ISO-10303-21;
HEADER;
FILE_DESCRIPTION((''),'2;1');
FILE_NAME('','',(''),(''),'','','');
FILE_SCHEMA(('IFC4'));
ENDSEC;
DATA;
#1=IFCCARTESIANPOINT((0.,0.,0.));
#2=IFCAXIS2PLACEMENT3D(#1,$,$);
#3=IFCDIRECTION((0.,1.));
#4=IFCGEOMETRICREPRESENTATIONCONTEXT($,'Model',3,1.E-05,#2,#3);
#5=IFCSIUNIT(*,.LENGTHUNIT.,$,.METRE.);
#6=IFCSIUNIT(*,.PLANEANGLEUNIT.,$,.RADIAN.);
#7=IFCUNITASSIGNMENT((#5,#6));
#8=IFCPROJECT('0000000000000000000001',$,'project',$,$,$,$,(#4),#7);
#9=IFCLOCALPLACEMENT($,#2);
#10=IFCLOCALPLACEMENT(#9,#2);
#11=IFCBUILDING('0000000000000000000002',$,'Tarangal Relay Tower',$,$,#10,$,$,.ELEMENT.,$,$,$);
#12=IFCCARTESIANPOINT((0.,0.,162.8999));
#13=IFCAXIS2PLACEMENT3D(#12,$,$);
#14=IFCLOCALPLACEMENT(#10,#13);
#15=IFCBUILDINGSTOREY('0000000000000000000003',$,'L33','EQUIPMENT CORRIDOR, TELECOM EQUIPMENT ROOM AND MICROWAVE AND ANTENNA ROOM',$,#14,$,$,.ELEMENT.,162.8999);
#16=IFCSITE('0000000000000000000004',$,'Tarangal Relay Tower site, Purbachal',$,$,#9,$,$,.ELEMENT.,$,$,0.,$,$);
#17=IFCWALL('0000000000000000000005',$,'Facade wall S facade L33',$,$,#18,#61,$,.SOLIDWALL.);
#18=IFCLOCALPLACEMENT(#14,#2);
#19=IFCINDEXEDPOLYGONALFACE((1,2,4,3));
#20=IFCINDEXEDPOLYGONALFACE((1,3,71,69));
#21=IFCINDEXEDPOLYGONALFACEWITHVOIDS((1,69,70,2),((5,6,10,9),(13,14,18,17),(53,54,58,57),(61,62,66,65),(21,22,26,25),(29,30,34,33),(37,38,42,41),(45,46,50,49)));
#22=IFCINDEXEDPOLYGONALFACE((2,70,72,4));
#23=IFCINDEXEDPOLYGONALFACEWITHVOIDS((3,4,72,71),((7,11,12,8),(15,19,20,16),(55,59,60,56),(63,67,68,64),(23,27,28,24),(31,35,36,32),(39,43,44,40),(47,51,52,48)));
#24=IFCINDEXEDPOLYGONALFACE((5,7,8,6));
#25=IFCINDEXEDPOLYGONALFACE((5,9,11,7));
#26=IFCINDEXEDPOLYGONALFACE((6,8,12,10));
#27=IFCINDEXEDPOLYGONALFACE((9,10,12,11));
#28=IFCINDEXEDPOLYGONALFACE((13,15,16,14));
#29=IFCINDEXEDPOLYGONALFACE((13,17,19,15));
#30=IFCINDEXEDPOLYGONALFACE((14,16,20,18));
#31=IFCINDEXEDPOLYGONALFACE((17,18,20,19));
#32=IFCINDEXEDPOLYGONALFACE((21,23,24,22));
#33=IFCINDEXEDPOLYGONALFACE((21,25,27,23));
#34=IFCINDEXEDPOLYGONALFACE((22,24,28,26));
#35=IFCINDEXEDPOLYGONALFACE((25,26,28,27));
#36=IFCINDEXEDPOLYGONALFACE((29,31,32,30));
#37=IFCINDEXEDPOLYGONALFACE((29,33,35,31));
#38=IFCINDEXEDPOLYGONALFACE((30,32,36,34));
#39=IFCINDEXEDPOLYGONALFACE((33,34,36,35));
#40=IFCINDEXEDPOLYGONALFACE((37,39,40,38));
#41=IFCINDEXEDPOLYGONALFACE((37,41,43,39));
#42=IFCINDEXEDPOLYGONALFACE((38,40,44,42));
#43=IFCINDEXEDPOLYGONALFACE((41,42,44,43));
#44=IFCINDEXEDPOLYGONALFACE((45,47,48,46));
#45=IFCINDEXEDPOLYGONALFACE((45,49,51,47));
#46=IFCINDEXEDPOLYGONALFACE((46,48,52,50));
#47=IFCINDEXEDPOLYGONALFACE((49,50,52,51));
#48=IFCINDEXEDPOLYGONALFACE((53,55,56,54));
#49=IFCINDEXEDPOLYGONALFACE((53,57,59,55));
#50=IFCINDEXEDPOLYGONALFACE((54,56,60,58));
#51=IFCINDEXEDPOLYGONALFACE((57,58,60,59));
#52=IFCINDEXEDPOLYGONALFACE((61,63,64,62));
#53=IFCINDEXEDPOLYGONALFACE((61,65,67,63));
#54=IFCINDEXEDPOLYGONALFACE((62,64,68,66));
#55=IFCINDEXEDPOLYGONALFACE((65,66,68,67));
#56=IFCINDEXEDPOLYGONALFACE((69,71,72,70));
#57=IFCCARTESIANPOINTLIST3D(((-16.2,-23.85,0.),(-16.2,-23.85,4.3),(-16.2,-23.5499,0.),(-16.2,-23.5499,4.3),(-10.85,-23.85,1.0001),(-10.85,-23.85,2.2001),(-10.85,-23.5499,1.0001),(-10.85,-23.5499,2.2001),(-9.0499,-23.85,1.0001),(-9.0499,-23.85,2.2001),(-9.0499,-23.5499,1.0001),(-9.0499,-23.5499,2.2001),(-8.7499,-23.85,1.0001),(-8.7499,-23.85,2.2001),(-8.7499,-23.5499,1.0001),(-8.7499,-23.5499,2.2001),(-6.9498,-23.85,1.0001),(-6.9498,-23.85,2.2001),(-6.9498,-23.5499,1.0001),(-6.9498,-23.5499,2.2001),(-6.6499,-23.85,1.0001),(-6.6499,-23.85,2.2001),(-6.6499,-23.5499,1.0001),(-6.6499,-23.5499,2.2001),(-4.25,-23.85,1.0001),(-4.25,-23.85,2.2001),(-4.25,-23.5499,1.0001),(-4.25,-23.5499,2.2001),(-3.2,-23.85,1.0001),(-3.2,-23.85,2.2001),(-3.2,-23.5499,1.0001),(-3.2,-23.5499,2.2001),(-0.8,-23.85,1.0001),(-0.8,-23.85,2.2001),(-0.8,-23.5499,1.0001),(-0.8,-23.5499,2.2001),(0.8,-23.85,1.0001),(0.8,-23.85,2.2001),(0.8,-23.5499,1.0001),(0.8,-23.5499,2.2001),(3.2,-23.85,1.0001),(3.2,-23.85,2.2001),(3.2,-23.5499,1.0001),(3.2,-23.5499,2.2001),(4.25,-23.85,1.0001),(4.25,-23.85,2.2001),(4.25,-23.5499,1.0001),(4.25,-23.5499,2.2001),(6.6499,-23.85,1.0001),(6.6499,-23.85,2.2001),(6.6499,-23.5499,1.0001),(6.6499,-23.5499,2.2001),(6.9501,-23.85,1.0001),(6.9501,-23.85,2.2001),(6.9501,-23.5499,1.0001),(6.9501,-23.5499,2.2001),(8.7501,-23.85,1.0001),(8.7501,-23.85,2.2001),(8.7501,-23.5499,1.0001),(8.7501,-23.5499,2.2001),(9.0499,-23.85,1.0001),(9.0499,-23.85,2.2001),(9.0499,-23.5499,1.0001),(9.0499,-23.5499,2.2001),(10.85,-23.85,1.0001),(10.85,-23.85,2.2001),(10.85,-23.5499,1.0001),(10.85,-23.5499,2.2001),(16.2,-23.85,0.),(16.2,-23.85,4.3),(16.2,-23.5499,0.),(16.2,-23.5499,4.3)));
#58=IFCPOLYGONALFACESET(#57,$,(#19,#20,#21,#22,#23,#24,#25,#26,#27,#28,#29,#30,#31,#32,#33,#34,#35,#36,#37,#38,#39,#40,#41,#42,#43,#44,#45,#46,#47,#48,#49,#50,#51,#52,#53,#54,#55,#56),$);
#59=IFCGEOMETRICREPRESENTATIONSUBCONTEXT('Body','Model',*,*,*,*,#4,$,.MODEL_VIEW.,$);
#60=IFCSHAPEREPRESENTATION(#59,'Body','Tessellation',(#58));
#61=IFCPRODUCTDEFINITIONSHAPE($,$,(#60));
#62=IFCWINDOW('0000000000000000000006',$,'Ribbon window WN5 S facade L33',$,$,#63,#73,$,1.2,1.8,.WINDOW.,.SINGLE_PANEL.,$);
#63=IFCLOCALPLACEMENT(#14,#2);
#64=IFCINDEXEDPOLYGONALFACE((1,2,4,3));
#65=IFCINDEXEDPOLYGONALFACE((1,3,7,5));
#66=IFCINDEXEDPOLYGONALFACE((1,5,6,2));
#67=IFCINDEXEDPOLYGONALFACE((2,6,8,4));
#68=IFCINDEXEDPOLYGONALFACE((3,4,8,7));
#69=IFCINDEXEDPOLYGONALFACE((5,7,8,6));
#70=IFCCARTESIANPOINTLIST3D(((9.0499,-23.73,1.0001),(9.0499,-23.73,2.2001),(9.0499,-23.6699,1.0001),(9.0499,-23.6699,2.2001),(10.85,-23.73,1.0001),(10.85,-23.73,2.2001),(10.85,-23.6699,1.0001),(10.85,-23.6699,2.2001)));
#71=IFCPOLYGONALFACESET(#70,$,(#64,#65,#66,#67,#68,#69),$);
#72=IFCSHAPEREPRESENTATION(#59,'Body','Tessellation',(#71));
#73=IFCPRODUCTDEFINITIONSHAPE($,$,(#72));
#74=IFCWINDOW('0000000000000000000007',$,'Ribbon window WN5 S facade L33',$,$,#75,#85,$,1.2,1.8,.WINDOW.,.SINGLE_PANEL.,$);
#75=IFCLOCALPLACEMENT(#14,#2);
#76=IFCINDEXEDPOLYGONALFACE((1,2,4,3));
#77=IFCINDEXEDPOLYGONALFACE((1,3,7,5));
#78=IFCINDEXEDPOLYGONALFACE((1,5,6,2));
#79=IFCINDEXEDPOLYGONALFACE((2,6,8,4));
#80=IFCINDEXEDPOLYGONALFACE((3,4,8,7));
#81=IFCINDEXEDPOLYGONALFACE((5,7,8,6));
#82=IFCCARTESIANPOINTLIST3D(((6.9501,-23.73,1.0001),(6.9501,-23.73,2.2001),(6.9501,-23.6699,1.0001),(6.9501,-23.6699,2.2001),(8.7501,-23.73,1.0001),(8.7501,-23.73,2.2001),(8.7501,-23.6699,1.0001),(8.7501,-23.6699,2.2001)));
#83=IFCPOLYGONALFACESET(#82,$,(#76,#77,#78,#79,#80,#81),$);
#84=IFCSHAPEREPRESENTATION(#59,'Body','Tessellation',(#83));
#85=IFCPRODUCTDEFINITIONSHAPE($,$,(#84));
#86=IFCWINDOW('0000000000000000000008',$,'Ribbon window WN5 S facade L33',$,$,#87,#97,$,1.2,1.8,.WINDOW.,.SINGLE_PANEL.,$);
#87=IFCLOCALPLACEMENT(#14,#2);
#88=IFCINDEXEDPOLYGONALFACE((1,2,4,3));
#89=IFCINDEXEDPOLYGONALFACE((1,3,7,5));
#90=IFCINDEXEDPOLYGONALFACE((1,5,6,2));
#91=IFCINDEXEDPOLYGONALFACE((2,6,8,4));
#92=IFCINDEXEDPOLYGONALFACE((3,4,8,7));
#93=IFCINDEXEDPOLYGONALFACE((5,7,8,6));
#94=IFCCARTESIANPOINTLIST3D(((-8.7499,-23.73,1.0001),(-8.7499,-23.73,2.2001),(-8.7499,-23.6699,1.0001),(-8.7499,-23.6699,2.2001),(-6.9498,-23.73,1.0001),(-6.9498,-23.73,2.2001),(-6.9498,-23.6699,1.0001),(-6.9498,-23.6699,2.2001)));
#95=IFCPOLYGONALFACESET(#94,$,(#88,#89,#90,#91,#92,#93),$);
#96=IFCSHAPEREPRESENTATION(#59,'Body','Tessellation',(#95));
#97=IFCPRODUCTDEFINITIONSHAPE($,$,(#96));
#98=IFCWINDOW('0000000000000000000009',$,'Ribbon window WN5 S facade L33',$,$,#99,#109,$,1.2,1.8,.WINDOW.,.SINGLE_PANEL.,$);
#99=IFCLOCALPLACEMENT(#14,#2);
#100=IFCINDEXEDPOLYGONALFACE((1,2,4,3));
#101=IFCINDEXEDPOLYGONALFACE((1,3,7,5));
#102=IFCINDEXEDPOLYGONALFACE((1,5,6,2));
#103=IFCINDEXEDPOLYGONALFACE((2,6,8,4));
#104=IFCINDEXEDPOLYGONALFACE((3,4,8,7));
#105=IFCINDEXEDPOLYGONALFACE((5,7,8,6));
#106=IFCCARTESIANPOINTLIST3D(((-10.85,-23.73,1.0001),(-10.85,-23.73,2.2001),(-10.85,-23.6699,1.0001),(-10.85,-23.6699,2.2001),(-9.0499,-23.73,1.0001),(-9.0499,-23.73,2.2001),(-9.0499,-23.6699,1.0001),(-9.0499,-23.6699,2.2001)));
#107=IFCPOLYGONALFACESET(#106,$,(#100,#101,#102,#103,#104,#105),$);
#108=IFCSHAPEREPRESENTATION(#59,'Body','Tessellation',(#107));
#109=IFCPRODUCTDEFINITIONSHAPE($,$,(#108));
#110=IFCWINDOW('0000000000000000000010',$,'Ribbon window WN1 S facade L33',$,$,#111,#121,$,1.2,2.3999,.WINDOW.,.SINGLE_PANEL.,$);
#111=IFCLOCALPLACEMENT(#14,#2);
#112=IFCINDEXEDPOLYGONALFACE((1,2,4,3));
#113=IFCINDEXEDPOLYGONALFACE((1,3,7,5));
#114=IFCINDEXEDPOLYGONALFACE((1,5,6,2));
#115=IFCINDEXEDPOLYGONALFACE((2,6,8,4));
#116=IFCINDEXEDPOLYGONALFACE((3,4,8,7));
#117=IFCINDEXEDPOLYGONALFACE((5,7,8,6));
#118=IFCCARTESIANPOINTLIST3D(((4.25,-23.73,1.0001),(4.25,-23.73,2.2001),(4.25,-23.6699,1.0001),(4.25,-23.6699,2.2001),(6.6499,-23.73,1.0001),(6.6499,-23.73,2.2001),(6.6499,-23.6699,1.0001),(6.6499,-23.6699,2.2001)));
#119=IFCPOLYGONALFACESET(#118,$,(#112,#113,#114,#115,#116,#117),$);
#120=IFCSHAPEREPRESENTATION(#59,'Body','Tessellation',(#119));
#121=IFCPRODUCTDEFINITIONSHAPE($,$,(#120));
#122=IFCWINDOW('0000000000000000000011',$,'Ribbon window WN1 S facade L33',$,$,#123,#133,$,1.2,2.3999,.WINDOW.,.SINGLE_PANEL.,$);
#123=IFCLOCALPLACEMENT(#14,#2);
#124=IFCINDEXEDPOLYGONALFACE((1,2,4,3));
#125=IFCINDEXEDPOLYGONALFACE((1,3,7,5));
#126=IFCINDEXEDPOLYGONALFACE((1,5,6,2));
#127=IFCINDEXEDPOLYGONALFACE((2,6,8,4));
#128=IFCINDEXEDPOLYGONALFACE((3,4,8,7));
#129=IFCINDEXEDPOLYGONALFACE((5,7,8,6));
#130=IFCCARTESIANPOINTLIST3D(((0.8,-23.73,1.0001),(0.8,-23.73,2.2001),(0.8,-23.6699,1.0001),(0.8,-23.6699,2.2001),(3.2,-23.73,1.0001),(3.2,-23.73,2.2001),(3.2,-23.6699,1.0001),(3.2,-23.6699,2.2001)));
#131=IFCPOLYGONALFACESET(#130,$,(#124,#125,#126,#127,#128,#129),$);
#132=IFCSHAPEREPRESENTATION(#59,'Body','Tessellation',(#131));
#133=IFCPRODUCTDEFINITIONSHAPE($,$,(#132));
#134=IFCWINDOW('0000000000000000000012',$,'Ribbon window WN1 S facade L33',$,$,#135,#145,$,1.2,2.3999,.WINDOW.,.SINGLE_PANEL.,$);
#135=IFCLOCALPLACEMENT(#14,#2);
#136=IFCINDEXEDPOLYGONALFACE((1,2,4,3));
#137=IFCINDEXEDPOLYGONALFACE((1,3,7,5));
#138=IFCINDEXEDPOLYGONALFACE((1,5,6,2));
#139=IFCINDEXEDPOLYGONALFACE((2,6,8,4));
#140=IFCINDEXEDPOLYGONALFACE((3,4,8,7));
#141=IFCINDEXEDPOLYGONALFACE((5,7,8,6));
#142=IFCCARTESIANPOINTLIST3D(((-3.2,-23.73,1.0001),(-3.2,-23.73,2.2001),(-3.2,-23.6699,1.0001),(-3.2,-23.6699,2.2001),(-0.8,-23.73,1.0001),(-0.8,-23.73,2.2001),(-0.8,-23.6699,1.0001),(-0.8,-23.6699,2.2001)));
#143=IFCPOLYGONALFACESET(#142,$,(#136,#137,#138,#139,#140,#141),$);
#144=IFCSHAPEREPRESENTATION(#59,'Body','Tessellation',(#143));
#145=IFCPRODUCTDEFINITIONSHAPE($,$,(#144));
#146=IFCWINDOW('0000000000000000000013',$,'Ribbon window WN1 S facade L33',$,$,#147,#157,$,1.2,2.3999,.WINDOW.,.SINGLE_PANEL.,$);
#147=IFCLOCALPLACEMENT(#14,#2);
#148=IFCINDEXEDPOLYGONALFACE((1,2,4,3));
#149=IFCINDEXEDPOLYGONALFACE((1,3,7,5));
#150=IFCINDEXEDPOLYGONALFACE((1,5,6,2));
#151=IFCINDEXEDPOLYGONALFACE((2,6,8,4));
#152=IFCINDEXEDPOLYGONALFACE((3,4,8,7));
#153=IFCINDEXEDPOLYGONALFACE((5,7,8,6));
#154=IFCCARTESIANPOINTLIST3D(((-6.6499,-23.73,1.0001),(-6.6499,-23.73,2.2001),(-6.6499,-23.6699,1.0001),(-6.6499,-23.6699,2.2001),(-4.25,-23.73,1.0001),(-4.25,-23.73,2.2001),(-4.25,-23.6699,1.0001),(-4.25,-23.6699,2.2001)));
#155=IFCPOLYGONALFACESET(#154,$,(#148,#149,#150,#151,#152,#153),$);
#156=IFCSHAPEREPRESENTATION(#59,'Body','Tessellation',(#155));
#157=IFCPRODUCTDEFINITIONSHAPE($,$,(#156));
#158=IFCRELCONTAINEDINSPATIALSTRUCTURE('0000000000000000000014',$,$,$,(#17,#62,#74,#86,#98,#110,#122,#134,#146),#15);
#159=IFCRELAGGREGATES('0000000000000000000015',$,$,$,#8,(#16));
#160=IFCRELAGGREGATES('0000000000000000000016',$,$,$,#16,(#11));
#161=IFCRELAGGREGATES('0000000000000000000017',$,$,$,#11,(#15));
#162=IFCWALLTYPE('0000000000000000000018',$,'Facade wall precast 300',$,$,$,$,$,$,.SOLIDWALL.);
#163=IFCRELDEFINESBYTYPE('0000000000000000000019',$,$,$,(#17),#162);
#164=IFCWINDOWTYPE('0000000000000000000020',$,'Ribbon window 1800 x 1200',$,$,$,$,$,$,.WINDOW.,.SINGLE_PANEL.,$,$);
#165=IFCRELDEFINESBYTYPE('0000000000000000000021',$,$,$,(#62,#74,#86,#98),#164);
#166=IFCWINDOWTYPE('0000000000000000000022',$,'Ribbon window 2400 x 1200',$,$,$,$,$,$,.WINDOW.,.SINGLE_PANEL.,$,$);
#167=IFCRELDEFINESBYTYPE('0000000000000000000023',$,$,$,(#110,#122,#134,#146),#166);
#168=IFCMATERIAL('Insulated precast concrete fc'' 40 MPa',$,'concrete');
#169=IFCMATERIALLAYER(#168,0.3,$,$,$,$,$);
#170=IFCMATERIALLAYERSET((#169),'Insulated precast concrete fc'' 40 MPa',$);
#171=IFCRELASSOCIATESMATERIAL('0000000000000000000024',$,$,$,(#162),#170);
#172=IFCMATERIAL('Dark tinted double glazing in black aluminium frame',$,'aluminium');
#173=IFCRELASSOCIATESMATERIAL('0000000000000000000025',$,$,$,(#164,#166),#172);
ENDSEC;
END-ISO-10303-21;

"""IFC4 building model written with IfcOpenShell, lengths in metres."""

from ifc_helpers import new_model, si_unit, direction, frame, frame_2d, origin, place, context, subcontext, project, spatial, rectangle, extrude, material, layer, layer_set, type_object, element, fill, save


model = new_model("IFC4")

# Units and contexts
model_context = context("Model", 3, precision=1e-05, world=origin(), true_north=direction((0.0, 1.0)))
body_context = subcontext(model_context, "Body", "Model", "MODEL_VIEW")
ifc_project = project(units=[si_unit("LENGTHUNIT", "METRE"), si_unit("PLANEANGLEUNIT", "RADIAN")], contexts=[model_context])

# Site, building, storey
site_placement = place(None, origin())
site = spatial("IfcSite", under=ifc_project, at=site_placement, Name="Tarangal Relay Tower site, Purbachal", CompositionType="ELEMENT", RefElevation=0.0)
building_placement = place(site_placement, origin())
building = spatial("IfcBuilding", under=site, at=building_placement, Name="Tarangal Relay Tower", CompositionType="ELEMENT")
storey_placement = place(building_placement, frame((0.0, 0.0, 162.8999)))
storey = spatial("IfcBuildingStorey", under=building, at=storey_placement, Name="L33", Description="EQUIPMENT CORRIDOR, TELECOM EQUIPMENT ROOM AND MICROWAVE AND ANTENNA ROOM", CompositionType="ELEMENT", Elevation=162.8999)

# Shared definitions
ifc_material_1 = material(Name="Insulated precast concrete fc' 40 MPa", Category="concrete")
ifc_layer_1 = layer(ifc_material_1, 0.3)
ifc_layer_set_1 = layer_set([ifc_layer_1], Name="Insulated precast concrete fc' 40 MPa")
wall_type_1 = type_object("IfcWallType", Name="Facade wall precast 300", PredefinedType="SOLIDWALL", material=ifc_layer_set_1)

# Wall, openings, windows
wall_1_placement = place(storey_placement, frame((16.2, -23.7, 0.0), z_axis=(0.0, 0.0, 1.0), x_axis=(-1.0, 0.0, 0.0)))
wall_1 = element("IfcWall", 1, at=wall_1_placement, inside=storey, type_object=wall_type_1, Name="Facade wall S facade L33", PredefinedType="SOLIDWALL", context=body_context, shape_type="SweptSolid", body=[
    extrude(rectangle(XDim=32.3999, YDim=0.3, at=frame_2d((16.2, 0.0))), origin(), (0.0, 0.0, 1.0), 4.3),
])
opening_1_placement = place(wall_1_placement, frame((5.3501, 0.0, 1.0)))
opening_1 = element("IfcOpeningElement", 2, at=opening_1_placement, cuts=wall_1, PredefinedType="OPENING", context=body_context, shape_type="SweptSolid", body=[
    extrude(rectangle(XDim=1.8, YDim=1.2, at=frame_2d((0.8999, 0.6001))), frame((0.0, 0.1599, 0.0), z_axis=(0.0, -1.0, 0.0), x_axis=(1.0, 0.0, 0.0)), (0.0, 0.0, 1.0), 0.3201),
])
opening_2_placement = place(wall_1_placement, frame((7.45, 0.0, 1.0)))
opening_2 = element("IfcOpeningElement", 3, at=opening_2_placement, cuts=wall_1, PredefinedType="OPENING", context=body_context, shape_type="SweptSolid", body=[
    extrude(rectangle(XDim=1.8, YDim=1.2, at=frame_2d((0.8999, 0.6001))), frame((0.0, 0.1599, 0.0), z_axis=(0.0, -1.0, 0.0), x_axis=(1.0, 0.0, 0.0)), (0.0, 0.0, 1.0), 0.3201),
])
opening_3_placement = place(wall_1_placement, frame((9.55, 0.0, 1.0)))
opening_3 = element("IfcOpeningElement", 4, at=opening_3_placement, cuts=wall_1, PredefinedType="OPENING", context=body_context, shape_type="SweptSolid", body=[
    extrude(rectangle(XDim=2.3999, YDim=1.2, at=frame_2d((1.2, 0.6001))), frame((0.0, 0.1599, 0.0), z_axis=(0.0, -1.0, 0.0), x_axis=(1.0, 0.0, 0.0)), (0.0, 0.0, 1.0), 0.3201),
])
opening_4_placement = place(wall_1_placement, frame((13.0, 0.0, 1.0)))
opening_4 = element("IfcOpeningElement", 5, at=opening_4_placement, cuts=wall_1, PredefinedType="OPENING", context=body_context, shape_type="SweptSolid", body=[
    extrude(rectangle(XDim=2.3999, YDim=1.2, at=frame_2d((1.2, 0.6001))), frame((0.0, 0.1599, 0.0), z_axis=(0.0, -1.0, 0.0), x_axis=(1.0, 0.0, 0.0)), (0.0, 0.0, 1.0), 0.3201),
])
opening_5_placement = place(wall_1_placement, frame((17.0, 0.0, 1.0)))
opening_5 = element("IfcOpeningElement", 6, at=opening_5_placement, cuts=wall_1, PredefinedType="OPENING", context=body_context, shape_type="SweptSolid", body=[
    extrude(rectangle(XDim=2.3999, YDim=1.2, at=frame_2d((1.2, 0.6001))), frame((0.0, 0.1599, 0.0), z_axis=(0.0, -1.0, 0.0), x_axis=(1.0, 0.0, 0.0)), (0.0, 0.0, 1.0), 0.3201),
])
opening_6_placement = place(wall_1_placement, frame((20.45, 0.0, 1.0)))
opening_6 = element("IfcOpeningElement", 7, at=opening_6_placement, cuts=wall_1, PredefinedType="OPENING", context=body_context, shape_type="SweptSolid", body=[
    extrude(rectangle(XDim=2.3999, YDim=1.2, at=frame_2d((1.2, 0.6001))), frame((0.0, 0.1599, 0.0), z_axis=(0.0, -1.0, 0.0), x_axis=(1.0, 0.0, 0.0)), (0.0, 0.0, 1.0), 0.3201),
])
opening_7_placement = place(wall_1_placement, frame((23.1499, 0.0, 1.0)))
opening_7 = element("IfcOpeningElement", 8, at=opening_7_placement, cuts=wall_1, PredefinedType="OPENING", context=body_context, shape_type="SweptSolid", body=[
    extrude(rectangle(XDim=1.8, YDim=1.2, at=frame_2d((0.8999, 0.6001))), frame((0.0, 0.1599, 0.0), z_axis=(0.0, -1.0, 0.0), x_axis=(1.0, 0.0, 0.0)), (0.0, 0.0, 1.0), 0.3201),
])
opening_8_placement = place(wall_1_placement, frame((25.25, 0.0, 1.0)))
opening_8 = element("IfcOpeningElement", 9, at=opening_8_placement, cuts=wall_1, PredefinedType="OPENING", context=body_context, shape_type="SweptSolid", body=[
    extrude(rectangle(XDim=1.8, YDim=1.2, at=frame_2d((0.8999, 0.6001))), frame((0.0, 0.1599, 0.0), z_axis=(0.0, -1.0, 0.0), x_axis=(1.0, 0.0, 0.0)), (0.0, 0.0, 1.0), 0.3201),
])
ifc_material_2 = material(Name="Dark tinted double glazing in black aluminium frame", Category="aluminium")
window_type_1 = type_object("IfcWindowType", Name="Ribbon window 1800 x 1200", PartitioningType="SINGLE_PANEL", PredefinedType="WINDOW", material=ifc_material_2)
window_1_placement = place(opening_1_placement, origin())
window_1 = element("IfcWindow", 10, at=window_1_placement, inside=storey, type_object=window_type_1, Name="Ribbon window WN5 S facade L33", OverallHeight=1.2, OverallWidth=1.8, PartitioningType="SINGLE_PANEL", PredefinedType="WINDOW", context=body_context, shape_type="SweptSolid", body=[
    extrude(rectangle(XDim=1.8, YDim=1.2, at=frame_2d((0.8999, 0.6001))), frame((0.0, 0.03, 0.0), z_axis=(0.0, -1.0, 0.0), x_axis=(1.0, 0.0, 0.0)), (0.0, 0.0, 1.0), 0.0601),
])
fill(opening_1, window_1)
window_2_placement = place(opening_2_placement, origin())
window_2 = element("IfcWindow", 11, at=window_2_placement, inside=storey, type_object=window_type_1, Name="Ribbon window WN5 S facade L33", OverallHeight=1.2, OverallWidth=1.8, PartitioningType="SINGLE_PANEL", PredefinedType="WINDOW", context=body_context, shape_type="SweptSolid", body=[
    extrude(rectangle(XDim=1.8, YDim=1.2, at=frame_2d((0.8999, 0.6001))), frame((0.0, 0.03, 0.0), z_axis=(0.0, -1.0, 0.0), x_axis=(1.0, 0.0, 0.0)), (0.0, 0.0, 1.0), 0.0601),
])
fill(opening_2, window_2)
window_3_placement = place(opening_7_placement, origin())
window_3 = element("IfcWindow", 12, at=window_3_placement, inside=storey, type_object=window_type_1, Name="Ribbon window WN5 S facade L33", OverallHeight=1.2, OverallWidth=1.8, PartitioningType="SINGLE_PANEL", PredefinedType="WINDOW", context=body_context, shape_type="SweptSolid", body=[
    extrude(rectangle(XDim=1.8, YDim=1.2, at=frame_2d((0.8999, 0.6001))), frame((0.0, 0.03, 0.0), z_axis=(0.0, -1.0, 0.0), x_axis=(1.0, 0.0, 0.0)), (0.0, 0.0, 1.0), 0.0601),
])
fill(opening_7, window_3)
window_4_placement = place(opening_8_placement, origin())
window_4 = element("IfcWindow", 13, at=window_4_placement, inside=storey, type_object=window_type_1, Name="Ribbon window WN5 S facade L33", OverallHeight=1.2, OverallWidth=1.8, PartitioningType="SINGLE_PANEL", PredefinedType="WINDOW", context=body_context, shape_type="SweptSolid", body=[
    extrude(rectangle(XDim=1.8, YDim=1.2, at=frame_2d((0.8999, 0.6001))), frame((0.0, 0.03, 0.0), z_axis=(0.0, -1.0, 0.0), x_axis=(1.0, 0.0, 0.0)), (0.0, 0.0, 1.0), 0.0601),
])
fill(opening_8, window_4)
window_type_2 = type_object("IfcWindowType", Name="Ribbon window 2400 x 1200", PartitioningType="SINGLE_PANEL", PredefinedType="WINDOW", material=ifc_material_2)
window_5_placement = place(opening_3_placement, origin())
window_5 = element("IfcWindow", 14, at=window_5_placement, inside=storey, type_object=window_type_2, Name="Ribbon window WN1 S facade L33", OverallHeight=1.2, OverallWidth=2.3999, PartitioningType="SINGLE_PANEL", PredefinedType="WINDOW", context=body_context, shape_type="SweptSolid", body=[
    extrude(rectangle(XDim=2.3999, YDim=1.2, at=frame_2d((1.2, 0.6001))), frame((0.0, 0.03, 0.0), z_axis=(0.0, -1.0, 0.0), x_axis=(1.0, 0.0, 0.0)), (0.0, 0.0, 1.0), 0.0601),
])
fill(opening_3, window_5)
window_6_placement = place(opening_4_placement, origin())
window_6 = element("IfcWindow", 15, at=window_6_placement, inside=storey, type_object=window_type_2, Name="Ribbon window WN1 S facade L33", OverallHeight=1.2, OverallWidth=2.3999, PartitioningType="SINGLE_PANEL", PredefinedType="WINDOW", context=body_context, shape_type="SweptSolid", body=[
    extrude(rectangle(XDim=2.3999, YDim=1.2, at=frame_2d((1.2, 0.6001))), frame((0.0, 0.03, 0.0), z_axis=(0.0, -1.0, 0.0), x_axis=(1.0, 0.0, 0.0)), (0.0, 0.0, 1.0), 0.0601),
])
fill(opening_4, window_6)
window_7_placement = place(opening_5_placement, origin())
window_7 = element("IfcWindow", 16, at=window_7_placement, inside=storey, type_object=window_type_2, Name="Ribbon window WN1 S facade L33", OverallHeight=1.2, OverallWidth=2.3999, PartitioningType="SINGLE_PANEL", PredefinedType="WINDOW", context=body_context, shape_type="SweptSolid", body=[
    extrude(rectangle(XDim=2.3999, YDim=1.2, at=frame_2d((1.2, 0.6001))), frame((0.0, 0.03, 0.0), z_axis=(0.0, -1.0, 0.0), x_axis=(1.0, 0.0, 0.0)), (0.0, 0.0, 1.0), 0.0601),
])
fill(opening_5, window_7)
window_8_placement = place(opening_6_placement, origin())
window_8 = element("IfcWindow", 17, at=window_8_placement, inside=storey, type_object=window_type_2, Name="Ribbon window WN1 S facade L33", OverallHeight=1.2, OverallWidth=2.3999, PartitioningType="SINGLE_PANEL", PredefinedType="WINDOW", context=body_context, shape_type="SweptSolid", body=[
    extrude(rectangle(XDim=2.3999, YDim=1.2, at=frame_2d((1.2, 0.6001))), frame((0.0, 0.03, 0.0), z_axis=(0.0, -1.0, 0.0), x_axis=(1.0, 0.0, 0.0)), (0.0, 0.0, 1.0), 0.0601),
])
fill(opening_6, window_8)

save(model, "model.ifc")
